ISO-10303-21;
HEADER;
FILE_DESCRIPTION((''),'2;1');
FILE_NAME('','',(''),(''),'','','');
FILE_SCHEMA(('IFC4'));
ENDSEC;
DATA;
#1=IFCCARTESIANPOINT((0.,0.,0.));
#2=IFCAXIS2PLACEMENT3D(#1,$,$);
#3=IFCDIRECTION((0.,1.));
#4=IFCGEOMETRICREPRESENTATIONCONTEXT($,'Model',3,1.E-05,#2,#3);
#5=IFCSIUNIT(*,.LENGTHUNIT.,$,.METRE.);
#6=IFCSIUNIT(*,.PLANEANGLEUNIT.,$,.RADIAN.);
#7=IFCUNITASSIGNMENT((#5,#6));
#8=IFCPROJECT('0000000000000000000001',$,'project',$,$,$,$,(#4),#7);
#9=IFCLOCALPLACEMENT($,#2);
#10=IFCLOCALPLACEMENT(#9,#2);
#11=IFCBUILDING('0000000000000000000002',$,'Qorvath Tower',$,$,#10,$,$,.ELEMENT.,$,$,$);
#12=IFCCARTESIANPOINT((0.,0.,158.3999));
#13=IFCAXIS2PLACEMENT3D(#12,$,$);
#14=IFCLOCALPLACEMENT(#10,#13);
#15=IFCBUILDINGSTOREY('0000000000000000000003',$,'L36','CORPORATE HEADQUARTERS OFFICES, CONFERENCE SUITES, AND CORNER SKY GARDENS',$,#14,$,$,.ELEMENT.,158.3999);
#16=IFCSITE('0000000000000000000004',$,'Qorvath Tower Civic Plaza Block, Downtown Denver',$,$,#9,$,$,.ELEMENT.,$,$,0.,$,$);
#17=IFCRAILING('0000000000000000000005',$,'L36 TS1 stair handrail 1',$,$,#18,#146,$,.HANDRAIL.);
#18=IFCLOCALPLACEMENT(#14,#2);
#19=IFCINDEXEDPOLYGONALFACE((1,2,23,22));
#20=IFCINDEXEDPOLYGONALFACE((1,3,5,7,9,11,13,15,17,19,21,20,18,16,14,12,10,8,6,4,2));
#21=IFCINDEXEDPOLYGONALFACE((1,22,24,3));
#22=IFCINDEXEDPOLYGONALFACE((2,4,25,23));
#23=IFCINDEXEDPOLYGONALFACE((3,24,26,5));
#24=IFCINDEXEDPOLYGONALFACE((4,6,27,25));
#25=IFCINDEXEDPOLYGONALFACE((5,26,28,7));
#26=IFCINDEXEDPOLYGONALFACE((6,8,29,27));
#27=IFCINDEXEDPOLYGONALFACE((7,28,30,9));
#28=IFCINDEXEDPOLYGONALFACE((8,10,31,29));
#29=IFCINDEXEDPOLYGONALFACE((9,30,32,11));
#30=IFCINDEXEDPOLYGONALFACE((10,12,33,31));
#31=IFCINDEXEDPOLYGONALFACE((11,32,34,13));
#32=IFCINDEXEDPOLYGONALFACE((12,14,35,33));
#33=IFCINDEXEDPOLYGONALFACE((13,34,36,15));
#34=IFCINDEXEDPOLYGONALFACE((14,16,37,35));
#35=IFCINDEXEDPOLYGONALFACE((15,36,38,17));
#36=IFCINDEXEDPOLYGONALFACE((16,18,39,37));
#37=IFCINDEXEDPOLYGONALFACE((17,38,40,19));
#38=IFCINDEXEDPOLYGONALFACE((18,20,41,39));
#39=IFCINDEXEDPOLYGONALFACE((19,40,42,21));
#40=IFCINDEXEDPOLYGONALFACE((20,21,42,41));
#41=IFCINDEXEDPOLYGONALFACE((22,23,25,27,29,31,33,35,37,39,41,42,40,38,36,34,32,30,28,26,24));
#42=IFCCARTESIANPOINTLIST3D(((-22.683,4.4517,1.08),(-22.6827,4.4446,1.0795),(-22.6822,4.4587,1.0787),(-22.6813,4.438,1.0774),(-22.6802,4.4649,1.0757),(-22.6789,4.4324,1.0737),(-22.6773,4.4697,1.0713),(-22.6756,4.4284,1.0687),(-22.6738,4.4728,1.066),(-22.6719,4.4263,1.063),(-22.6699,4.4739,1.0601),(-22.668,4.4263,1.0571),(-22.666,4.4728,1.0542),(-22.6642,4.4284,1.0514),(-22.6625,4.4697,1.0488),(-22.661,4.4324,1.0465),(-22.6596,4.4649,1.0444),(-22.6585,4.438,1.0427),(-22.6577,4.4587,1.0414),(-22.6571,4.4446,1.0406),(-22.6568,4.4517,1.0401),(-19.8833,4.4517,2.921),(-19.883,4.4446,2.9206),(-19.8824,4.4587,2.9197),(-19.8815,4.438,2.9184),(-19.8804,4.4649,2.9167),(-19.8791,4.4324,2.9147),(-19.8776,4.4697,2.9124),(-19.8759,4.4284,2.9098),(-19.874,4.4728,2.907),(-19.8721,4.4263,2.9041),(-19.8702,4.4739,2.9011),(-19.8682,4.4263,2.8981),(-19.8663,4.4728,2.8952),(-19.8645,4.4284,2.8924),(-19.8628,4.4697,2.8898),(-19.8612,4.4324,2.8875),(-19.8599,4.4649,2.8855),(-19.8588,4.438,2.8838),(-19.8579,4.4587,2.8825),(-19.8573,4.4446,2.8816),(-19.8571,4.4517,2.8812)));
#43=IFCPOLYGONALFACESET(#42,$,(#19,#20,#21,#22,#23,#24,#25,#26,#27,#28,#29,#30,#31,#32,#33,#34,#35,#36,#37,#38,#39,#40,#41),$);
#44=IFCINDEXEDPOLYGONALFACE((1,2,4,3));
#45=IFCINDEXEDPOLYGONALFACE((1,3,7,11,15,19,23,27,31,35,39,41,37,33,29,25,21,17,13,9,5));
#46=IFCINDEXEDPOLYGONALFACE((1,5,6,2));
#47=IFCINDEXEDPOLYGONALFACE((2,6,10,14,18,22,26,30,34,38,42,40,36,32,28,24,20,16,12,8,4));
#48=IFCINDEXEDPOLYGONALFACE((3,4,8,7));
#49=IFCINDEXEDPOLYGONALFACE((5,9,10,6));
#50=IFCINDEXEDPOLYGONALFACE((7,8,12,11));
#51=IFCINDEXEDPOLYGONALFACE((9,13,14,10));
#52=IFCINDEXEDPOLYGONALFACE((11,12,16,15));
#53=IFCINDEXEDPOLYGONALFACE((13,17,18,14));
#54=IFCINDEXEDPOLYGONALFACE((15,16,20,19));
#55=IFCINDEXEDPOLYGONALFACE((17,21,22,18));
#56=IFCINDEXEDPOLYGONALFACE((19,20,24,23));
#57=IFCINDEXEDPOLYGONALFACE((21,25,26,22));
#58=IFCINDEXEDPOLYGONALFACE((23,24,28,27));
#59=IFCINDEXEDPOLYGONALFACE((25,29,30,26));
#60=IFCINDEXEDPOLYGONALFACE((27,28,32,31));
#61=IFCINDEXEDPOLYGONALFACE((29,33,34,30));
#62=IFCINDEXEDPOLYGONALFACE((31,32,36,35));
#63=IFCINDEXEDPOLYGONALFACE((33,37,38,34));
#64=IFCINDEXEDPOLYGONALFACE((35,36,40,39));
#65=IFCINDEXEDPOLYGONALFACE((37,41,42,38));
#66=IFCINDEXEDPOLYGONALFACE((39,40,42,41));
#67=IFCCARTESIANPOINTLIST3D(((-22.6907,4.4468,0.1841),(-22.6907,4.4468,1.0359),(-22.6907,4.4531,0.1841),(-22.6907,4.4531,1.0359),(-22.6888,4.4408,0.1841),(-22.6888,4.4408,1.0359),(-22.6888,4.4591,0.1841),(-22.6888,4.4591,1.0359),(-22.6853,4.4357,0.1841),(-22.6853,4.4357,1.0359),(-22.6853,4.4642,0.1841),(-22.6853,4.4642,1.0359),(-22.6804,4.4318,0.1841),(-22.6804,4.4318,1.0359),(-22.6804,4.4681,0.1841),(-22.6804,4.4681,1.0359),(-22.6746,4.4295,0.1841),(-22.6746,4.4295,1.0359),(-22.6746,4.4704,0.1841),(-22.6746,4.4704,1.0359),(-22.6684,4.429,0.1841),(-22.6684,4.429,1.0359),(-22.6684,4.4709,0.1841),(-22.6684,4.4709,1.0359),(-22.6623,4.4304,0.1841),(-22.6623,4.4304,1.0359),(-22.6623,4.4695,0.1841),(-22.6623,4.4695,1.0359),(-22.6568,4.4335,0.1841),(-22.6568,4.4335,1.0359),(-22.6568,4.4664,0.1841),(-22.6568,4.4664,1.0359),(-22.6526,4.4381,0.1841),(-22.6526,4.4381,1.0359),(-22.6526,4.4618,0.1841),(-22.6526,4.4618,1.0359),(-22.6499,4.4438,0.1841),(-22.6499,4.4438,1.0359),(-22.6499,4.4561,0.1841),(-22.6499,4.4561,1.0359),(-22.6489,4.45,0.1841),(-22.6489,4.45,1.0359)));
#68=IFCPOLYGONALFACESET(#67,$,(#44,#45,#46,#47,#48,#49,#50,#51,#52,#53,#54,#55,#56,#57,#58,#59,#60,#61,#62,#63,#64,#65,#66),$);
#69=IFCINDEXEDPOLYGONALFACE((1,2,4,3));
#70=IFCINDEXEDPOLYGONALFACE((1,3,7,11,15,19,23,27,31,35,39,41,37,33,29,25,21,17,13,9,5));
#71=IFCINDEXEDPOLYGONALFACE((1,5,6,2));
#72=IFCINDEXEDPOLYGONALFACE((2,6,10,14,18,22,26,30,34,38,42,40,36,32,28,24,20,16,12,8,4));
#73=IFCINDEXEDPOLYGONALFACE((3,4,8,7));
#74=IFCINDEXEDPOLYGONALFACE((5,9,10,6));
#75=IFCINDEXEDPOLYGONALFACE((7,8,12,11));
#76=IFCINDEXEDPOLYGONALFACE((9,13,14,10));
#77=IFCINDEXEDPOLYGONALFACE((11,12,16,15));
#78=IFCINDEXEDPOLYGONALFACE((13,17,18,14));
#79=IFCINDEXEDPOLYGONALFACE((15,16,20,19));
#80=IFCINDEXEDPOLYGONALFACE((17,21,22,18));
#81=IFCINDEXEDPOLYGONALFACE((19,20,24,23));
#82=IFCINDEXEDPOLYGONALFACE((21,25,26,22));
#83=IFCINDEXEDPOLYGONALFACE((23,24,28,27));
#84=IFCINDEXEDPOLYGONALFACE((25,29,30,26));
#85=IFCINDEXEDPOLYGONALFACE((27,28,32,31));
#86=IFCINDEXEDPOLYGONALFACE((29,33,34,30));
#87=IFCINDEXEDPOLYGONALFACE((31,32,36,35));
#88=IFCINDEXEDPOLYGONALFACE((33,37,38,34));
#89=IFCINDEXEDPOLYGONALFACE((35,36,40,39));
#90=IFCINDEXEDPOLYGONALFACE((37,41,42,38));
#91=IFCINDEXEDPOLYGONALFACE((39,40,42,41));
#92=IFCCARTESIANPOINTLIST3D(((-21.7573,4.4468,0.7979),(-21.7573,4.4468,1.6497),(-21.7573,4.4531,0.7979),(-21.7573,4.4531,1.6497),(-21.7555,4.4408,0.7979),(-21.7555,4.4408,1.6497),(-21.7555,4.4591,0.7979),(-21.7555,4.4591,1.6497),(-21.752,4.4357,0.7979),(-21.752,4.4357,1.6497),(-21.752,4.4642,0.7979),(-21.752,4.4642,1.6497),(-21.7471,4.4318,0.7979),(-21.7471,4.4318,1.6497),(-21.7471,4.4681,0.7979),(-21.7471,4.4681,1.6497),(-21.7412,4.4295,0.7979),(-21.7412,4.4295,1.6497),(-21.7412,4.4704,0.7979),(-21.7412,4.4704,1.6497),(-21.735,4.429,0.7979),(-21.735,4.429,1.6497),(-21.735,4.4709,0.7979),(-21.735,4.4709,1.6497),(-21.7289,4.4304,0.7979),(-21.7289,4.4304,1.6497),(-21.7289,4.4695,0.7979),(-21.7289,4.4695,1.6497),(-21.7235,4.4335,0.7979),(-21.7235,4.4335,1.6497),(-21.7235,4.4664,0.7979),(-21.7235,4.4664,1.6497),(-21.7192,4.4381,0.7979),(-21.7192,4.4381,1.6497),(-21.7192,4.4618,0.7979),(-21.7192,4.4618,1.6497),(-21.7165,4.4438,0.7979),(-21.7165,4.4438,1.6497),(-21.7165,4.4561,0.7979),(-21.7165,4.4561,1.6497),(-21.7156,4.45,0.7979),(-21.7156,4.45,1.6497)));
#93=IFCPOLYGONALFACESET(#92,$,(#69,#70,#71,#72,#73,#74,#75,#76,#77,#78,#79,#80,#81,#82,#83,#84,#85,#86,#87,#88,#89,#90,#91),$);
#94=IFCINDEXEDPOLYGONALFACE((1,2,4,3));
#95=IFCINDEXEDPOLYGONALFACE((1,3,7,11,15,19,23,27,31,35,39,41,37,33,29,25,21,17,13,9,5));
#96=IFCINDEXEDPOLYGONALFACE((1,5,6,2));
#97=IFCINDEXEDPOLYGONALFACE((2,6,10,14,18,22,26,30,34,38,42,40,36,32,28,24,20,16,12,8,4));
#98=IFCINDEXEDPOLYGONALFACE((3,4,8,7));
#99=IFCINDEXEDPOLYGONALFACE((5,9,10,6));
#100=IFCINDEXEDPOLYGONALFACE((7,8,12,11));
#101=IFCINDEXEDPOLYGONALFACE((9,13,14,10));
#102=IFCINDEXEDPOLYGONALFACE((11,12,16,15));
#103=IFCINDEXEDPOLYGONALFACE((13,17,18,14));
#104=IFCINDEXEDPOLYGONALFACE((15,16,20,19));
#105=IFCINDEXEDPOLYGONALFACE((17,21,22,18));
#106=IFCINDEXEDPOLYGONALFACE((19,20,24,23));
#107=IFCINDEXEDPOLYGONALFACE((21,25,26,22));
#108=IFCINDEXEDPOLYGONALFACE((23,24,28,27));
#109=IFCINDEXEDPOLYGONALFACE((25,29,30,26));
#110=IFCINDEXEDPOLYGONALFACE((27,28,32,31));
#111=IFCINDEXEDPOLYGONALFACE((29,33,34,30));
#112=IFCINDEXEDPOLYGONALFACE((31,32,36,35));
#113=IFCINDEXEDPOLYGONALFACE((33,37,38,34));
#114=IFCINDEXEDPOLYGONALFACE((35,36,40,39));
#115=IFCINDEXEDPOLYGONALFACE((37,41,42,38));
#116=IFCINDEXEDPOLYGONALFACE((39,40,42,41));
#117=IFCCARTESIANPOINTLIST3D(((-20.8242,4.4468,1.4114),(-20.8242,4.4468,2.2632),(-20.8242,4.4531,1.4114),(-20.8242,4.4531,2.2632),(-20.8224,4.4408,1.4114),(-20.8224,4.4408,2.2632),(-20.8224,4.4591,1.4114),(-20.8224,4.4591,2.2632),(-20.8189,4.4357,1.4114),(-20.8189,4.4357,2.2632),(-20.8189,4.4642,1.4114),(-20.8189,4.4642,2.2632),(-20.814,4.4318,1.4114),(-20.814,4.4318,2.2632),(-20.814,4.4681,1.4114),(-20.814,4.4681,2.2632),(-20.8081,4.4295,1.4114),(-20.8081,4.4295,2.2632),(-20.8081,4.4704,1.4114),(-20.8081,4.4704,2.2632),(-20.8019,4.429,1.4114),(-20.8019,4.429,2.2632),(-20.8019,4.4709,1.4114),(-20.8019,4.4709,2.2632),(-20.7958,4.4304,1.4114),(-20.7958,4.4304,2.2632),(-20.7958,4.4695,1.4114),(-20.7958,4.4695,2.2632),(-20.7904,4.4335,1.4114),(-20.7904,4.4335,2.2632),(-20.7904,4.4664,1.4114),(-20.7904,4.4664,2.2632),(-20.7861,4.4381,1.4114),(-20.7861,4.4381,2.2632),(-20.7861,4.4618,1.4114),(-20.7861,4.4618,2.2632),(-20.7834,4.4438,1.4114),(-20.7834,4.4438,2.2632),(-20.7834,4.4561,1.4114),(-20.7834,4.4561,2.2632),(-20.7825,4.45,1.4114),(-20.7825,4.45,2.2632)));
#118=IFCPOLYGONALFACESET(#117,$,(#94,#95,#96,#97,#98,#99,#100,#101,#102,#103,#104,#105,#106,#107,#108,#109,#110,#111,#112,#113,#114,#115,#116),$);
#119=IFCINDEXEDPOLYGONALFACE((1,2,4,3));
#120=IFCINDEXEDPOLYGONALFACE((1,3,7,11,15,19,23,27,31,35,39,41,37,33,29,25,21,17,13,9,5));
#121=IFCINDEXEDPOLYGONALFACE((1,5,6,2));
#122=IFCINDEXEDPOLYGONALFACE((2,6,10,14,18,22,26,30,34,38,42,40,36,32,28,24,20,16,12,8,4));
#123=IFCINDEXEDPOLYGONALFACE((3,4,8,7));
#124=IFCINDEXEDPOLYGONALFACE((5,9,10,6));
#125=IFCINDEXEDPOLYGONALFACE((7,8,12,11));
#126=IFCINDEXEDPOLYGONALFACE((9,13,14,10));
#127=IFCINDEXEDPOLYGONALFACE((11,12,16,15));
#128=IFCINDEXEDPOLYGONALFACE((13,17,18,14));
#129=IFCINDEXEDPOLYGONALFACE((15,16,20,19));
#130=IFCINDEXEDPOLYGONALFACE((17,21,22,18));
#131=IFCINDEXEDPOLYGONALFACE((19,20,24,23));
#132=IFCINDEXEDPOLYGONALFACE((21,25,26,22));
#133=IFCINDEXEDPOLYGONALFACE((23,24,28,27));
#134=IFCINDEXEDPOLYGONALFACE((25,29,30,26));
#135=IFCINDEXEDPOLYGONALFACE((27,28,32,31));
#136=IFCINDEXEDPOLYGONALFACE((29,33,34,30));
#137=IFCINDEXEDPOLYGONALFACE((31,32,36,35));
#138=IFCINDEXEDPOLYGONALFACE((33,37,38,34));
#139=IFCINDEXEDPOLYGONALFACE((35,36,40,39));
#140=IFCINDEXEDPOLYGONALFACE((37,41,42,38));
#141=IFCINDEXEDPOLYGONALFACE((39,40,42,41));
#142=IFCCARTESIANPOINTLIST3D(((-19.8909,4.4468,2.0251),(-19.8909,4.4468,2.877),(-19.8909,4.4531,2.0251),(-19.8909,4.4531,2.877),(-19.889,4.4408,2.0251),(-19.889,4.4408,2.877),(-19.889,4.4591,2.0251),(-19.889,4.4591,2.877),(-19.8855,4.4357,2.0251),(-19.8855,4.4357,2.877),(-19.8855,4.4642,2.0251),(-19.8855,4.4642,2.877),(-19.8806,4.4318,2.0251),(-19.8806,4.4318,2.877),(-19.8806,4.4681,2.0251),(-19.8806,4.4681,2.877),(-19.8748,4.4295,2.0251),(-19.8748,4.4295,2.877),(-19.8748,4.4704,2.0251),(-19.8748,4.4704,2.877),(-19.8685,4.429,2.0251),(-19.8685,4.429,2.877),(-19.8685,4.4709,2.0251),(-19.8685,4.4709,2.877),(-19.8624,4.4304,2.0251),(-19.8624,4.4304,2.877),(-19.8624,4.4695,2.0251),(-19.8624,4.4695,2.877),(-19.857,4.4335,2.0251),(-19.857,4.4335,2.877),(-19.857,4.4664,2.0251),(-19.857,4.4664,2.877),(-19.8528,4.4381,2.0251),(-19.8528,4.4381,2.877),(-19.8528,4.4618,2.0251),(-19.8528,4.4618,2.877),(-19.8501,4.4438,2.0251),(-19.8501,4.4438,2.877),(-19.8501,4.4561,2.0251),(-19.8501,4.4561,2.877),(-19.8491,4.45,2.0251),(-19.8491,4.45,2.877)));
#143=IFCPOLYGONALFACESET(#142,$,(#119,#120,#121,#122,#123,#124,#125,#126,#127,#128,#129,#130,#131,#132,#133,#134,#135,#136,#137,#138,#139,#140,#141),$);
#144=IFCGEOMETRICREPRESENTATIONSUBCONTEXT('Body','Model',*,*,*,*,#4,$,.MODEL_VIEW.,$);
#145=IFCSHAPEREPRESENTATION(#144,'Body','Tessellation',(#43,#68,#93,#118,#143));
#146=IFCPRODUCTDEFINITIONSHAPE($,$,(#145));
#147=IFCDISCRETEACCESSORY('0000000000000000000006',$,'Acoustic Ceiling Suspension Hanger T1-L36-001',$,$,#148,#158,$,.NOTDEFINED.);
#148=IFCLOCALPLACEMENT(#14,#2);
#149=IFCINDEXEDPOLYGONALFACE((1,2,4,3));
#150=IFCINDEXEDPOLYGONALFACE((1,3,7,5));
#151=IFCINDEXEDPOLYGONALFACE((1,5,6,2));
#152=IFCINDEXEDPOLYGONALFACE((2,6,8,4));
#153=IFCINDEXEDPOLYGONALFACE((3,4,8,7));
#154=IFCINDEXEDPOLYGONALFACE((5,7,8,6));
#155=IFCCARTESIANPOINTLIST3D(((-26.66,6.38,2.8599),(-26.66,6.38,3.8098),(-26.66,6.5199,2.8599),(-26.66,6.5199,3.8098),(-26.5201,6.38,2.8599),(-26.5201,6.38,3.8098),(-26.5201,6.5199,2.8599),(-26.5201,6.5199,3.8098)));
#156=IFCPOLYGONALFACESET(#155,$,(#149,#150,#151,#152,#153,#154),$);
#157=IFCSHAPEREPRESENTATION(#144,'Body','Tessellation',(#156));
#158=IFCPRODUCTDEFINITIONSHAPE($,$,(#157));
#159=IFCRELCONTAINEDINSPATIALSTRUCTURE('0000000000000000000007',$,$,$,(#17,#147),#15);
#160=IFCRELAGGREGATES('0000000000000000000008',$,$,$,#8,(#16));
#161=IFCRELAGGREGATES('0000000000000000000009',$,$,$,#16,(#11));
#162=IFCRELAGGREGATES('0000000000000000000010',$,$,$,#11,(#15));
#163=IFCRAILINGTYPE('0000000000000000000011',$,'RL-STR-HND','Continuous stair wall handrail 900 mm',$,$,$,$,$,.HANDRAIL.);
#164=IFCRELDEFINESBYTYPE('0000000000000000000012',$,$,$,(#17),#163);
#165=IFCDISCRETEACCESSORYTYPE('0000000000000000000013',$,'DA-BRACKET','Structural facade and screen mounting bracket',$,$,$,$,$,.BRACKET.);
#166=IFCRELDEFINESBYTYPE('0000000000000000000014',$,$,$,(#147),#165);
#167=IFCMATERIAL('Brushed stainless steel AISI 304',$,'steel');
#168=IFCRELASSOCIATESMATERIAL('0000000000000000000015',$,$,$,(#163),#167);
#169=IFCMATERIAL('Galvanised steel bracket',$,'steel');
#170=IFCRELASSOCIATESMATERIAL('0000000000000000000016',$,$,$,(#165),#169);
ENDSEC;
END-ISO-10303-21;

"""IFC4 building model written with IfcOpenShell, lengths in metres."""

from ifc_helpers import new_model, si_unit, direction, frame, origin, origin_2d, place, context, subcontext, project, spatial, rectangle, circle, extrude, material, type_object, element, save


model = new_model("IFC4")

# Units and contexts
model_context = context("Model", 3, precision=1e-05, world=origin(), true_north=direction((0.0, 1.0)))
body_context = subcontext(model_context, "Body", "Model", "MODEL_VIEW")
ifc_project = project(units=[si_unit("LENGTHUNIT", "METRE"), si_unit("PLANEANGLEUNIT", "RADIAN")], contexts=[model_context])

# Site, building, storey
site_placement = place(None, origin())
site = spatial("IfcSite", under=ifc_project, at=site_placement, Name="Qorvath Tower Civic Plaza Block, Downtown Denver", CompositionType="ELEMENT", RefElevation=0.0)
building_placement = place(site_placement, origin())
building = spatial("IfcBuilding", under=site, at=building_placement, Name="Qorvath Tower", CompositionType="ELEMENT")
storey_placement = place(building_placement, frame((0.0, 0.0, 158.3999)))
storey = spatial("IfcBuildingStorey", under=building, at=storey_placement, Name="L36", Description="CORPORATE HEADQUARTERS OFFICES, CONFERENCE SUITES, AND CORNER SKY GARDENS", CompositionType="ELEMENT", Elevation=158.3999)

# Railing
ifc_material_1 = material(Name="Brushed stainless steel AISI 304", Category="steel")
railing_type_1 = type_object("IfcRailingType", Name="RL-STR-HND", Description="Continuous stair wall handrail 900 mm", PredefinedType="HANDRAIL", material=ifc_material_1)
railing_1_placement = place(storey_placement, frame((-22.6699, 4.45, 0.1841)))
element("IfcRailing", 1, at=railing_1_placement, inside=storey, type_object=railing_type_1, Name="L36 TS1 stair handrail 1", PredefinedType="HANDRAIL", context=body_context, shape_type="SweptSolid", body=[
    extrude(circle(Radius=0.0239, at=origin_2d()), frame((0.0, 0.0, 0.876), z_axis=(0.835542, 0.0, 0.549426), x_axis=(0.0, 1.0, 0.0)), (0.0, 0.0, 1.0), 3.3508),
    extrude(circle(Radius=0.021, at=origin_2d()), origin(), (0.0, 0.0, 1.0), 0.8518),
    extrude(circle(Radius=0.021, at=origin_2d()), frame((0.9333, 0.0, 0.6138)), (0.0, 0.0, 1.0), 0.8518),
    extrude(circle(Radius=0.021, at=origin_2d()), frame((1.8665, 0.0, 1.2273)), (0.0, 0.0, 1.0), 0.8518),
    extrude(circle(Radius=0.021, at=origin_2d()), frame((2.7998, 0.0, 1.8411)), (0.0, 0.0, 1.0), 0.8518),
])

# Discrete accessory
ifc_material_2 = material(Name="Galvanised steel bracket", Category="steel")
discrete_accessory_type = type_object("IfcDiscreteAccessoryType", Name="DA-BRACKET", Description="Structural facade and screen mounting bracket", PredefinedType="BRACKET", material=ifc_material_2)
discrete_accessory_placement = place(storey_placement, frame((-26.5901, 6.45, 2.8599), z_axis=(0.0, 0.0, 1.0), x_axis=(1.0, 0.0, 0.0)))
element("IfcDiscreteAccessory", 2, at=discrete_accessory_placement, inside=storey, type_object=discrete_accessory_type, Name="Acoustic Ceiling Suspension Hanger T1-L36-001", PredefinedType="NOTDEFINED", context=body_context, shape_type="SweptSolid", body=[
    extrude(rectangle(XDim=0.1399, YDim=0.1399, at=origin_2d()), origin(), (0.0, 0.0, 1.0), 0.95),
])

save(model, "model.ifc")
